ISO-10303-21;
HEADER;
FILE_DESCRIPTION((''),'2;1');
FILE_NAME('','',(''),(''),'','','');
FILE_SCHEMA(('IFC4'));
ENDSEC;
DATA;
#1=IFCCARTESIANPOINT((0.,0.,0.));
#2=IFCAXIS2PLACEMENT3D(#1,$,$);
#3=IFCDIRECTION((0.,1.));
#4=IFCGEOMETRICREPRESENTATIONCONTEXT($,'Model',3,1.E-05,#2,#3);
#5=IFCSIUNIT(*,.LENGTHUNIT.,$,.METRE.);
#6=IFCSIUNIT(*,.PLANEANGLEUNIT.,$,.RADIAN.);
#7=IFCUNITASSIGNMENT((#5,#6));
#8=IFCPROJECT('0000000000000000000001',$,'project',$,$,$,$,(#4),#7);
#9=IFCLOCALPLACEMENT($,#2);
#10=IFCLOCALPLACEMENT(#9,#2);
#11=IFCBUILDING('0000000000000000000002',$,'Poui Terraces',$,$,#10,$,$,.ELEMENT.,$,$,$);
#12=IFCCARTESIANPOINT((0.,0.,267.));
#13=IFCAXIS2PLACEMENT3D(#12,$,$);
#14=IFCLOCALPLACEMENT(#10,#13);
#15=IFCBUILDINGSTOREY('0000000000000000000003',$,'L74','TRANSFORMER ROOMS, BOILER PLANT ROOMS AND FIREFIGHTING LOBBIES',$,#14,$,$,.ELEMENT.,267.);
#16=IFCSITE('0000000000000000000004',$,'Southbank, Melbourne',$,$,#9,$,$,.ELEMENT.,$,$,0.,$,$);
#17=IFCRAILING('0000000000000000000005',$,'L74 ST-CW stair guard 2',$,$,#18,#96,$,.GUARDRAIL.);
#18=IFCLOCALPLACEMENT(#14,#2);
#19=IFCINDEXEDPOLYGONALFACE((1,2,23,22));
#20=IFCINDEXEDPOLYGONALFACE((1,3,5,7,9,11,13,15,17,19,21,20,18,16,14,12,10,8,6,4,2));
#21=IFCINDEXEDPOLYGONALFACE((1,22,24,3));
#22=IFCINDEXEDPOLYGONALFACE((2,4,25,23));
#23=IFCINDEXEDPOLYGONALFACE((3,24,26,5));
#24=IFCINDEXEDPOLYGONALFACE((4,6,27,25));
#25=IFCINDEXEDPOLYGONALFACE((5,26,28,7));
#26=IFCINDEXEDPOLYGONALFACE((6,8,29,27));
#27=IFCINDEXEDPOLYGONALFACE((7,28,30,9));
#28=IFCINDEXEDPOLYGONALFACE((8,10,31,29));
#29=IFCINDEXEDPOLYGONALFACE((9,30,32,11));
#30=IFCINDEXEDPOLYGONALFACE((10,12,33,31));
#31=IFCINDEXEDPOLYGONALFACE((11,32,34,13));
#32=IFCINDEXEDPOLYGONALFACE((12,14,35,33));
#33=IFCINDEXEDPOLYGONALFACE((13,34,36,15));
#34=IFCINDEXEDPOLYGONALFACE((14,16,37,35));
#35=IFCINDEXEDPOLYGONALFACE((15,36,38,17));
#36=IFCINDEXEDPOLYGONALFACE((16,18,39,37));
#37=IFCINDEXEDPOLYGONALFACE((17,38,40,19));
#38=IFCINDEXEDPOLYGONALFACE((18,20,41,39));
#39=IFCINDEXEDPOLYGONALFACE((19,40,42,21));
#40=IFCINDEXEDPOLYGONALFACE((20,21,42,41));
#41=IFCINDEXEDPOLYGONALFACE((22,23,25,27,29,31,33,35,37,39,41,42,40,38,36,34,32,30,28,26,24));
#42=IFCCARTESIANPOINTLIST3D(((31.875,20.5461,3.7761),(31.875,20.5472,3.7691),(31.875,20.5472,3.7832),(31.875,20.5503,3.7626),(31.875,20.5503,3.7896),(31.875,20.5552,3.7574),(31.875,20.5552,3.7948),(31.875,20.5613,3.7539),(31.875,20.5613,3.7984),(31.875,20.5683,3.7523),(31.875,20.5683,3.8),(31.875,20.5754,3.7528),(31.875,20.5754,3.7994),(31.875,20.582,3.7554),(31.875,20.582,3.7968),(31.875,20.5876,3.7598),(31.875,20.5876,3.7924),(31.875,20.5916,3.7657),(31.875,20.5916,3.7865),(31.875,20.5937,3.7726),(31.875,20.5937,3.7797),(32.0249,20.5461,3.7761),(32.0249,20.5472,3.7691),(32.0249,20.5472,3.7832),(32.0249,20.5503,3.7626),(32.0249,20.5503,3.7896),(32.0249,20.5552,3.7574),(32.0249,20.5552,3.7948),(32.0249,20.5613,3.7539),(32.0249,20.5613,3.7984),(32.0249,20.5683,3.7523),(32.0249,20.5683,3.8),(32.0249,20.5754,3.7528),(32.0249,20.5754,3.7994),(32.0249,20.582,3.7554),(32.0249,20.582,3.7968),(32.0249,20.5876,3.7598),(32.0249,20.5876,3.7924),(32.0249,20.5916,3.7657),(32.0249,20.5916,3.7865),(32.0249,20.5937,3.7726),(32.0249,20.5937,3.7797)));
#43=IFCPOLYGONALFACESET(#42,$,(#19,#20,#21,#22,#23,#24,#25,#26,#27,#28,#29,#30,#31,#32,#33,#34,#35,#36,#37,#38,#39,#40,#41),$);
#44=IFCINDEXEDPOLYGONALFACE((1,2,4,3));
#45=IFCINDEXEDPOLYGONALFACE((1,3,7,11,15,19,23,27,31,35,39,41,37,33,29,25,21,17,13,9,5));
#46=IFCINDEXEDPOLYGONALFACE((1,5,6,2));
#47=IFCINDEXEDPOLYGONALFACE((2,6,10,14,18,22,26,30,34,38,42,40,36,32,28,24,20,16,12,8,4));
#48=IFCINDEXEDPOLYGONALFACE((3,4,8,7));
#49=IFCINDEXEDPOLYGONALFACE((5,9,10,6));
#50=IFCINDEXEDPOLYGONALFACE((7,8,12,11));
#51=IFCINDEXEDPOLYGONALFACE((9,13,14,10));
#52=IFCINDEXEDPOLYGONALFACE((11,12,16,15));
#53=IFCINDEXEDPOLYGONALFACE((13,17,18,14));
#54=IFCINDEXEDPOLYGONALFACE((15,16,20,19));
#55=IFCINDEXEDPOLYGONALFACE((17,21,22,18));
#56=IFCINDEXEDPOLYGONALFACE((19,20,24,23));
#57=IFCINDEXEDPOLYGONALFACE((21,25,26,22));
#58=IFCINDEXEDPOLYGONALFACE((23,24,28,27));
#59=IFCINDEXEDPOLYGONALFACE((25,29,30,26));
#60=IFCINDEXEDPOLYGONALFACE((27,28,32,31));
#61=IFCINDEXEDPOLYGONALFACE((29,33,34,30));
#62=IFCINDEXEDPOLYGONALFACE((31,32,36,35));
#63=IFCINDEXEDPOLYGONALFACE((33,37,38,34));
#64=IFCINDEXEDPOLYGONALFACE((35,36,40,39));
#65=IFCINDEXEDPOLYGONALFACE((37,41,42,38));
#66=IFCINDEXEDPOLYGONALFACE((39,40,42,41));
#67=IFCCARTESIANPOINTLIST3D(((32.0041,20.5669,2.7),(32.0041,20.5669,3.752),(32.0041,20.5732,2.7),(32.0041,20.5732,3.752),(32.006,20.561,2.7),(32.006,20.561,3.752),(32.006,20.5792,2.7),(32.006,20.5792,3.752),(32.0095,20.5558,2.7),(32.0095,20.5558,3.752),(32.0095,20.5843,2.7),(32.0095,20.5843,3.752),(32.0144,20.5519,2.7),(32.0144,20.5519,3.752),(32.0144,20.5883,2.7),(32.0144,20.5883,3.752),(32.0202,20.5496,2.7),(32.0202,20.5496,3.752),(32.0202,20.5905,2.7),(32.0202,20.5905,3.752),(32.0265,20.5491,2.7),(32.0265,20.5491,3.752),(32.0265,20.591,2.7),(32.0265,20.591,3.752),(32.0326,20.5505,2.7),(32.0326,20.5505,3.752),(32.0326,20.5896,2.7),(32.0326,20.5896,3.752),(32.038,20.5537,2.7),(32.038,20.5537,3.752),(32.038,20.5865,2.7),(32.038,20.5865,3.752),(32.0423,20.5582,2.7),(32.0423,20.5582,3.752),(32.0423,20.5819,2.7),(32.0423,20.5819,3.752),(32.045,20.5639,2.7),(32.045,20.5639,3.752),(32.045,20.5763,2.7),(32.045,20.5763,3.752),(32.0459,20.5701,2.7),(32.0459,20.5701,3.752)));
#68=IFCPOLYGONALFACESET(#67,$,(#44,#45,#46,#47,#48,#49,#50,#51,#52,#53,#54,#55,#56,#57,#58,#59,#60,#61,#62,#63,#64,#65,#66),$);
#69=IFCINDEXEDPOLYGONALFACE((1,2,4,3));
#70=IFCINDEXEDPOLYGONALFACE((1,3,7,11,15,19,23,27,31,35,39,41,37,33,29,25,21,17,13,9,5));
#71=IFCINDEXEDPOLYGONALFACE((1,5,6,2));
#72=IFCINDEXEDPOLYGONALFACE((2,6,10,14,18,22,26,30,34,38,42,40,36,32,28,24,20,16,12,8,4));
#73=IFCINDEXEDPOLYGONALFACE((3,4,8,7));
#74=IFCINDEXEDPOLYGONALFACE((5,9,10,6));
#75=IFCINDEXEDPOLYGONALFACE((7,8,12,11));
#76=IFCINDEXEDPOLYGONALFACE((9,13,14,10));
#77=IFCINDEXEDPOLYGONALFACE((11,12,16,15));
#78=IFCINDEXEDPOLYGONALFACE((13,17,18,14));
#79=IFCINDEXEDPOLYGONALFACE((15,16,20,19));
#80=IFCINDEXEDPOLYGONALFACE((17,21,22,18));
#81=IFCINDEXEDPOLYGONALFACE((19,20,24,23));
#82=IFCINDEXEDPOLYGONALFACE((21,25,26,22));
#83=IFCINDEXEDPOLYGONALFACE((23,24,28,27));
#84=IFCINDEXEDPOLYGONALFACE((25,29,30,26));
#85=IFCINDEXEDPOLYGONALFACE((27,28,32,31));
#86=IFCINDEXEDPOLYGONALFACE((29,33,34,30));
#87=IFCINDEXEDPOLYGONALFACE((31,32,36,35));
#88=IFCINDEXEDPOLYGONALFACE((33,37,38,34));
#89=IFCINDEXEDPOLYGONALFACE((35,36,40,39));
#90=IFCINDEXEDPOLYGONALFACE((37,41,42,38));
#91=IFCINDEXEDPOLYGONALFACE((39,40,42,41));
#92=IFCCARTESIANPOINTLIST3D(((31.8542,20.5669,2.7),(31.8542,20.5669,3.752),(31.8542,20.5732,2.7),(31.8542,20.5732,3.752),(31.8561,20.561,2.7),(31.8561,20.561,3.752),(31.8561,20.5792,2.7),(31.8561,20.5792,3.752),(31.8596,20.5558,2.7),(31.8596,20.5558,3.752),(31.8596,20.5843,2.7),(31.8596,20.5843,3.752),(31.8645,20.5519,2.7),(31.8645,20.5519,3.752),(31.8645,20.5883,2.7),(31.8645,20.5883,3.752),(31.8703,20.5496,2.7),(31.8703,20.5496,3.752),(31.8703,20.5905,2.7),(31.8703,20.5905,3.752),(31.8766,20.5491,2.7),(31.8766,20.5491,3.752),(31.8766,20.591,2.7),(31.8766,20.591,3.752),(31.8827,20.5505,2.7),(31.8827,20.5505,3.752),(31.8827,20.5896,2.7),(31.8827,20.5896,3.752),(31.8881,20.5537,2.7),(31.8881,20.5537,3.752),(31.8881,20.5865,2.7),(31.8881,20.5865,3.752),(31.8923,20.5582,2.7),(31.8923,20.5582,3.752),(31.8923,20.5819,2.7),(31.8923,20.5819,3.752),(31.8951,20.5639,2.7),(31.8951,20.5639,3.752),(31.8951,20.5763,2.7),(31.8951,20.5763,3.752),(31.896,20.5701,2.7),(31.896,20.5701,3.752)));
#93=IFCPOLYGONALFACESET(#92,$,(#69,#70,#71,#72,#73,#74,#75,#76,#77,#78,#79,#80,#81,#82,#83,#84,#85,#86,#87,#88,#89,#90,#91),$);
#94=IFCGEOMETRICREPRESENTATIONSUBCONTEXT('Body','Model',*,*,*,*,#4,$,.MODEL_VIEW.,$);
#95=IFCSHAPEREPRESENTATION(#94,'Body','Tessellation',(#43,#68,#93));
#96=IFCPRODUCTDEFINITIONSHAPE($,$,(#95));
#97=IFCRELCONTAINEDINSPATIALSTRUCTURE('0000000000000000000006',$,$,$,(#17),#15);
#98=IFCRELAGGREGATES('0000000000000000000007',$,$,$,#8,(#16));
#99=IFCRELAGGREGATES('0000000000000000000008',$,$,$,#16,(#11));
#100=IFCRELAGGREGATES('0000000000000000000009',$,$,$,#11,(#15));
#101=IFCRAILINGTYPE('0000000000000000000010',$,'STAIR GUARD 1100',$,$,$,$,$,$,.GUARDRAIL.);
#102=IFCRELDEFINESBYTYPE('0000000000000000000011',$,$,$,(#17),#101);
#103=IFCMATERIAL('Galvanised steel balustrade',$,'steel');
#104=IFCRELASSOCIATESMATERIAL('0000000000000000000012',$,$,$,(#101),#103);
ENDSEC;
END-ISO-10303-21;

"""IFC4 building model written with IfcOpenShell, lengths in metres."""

from ifc_helpers import new_model, si_unit, direction, frame, origin, origin_2d, place, context, subcontext, project, spatial, circle, extrude, material, type_object, element, save


model = new_model("IFC4")

# Units and contexts
model_context = context("Model", 3, precision=1e-05, world=origin(), true_north=direction((0.0, 1.0)))
body_context = subcontext(model_context, "Body", "Model", "MODEL_VIEW")
ifc_project = project(units=[si_unit("LENGTHUNIT", "METRE"), si_unit("PLANEANGLEUNIT", "RADIAN")], contexts=[model_context])

# Site, building, storey
site_placement = place(None, origin())
site = spatial("IfcSite", under=ifc_project, at=site_placement, Name="Southbank, Melbourne", CompositionType="ELEMENT", RefElevation=0.0)
building_placement = place(site_placement, origin())
building = spatial("IfcBuilding", under=site, at=building_placement, Name="Poui Terraces", CompositionType="ELEMENT")
storey_placement = place(building_placement, frame((0.0, 0.0, 267.0)))
storey = spatial("IfcBuildingStorey", under=building, at=storey_placement, Name="L74", Description="TRANSFORMER ROOMS, BOILER PLANT ROOMS AND FIREFIGHTING LOBBIES", CompositionType="ELEMENT", Elevation=267.0)

# Railing
ifc_material_1 = material(Name="Galvanised steel balustrade", Category="steel")
railing_type_1 = type_object("IfcRailingType", Name="STAIR GUARD 1100", PredefinedType="GUARDRAIL", material=ifc_material_1)
railing_1_placement = place(storey_placement, frame((32.0249, 20.5701, 2.7)))
element("IfcRailing", 1, at=railing_1_placement, inside=storey, type_object=railing_type_1, Name="L74 ST-CW stair guard 2", PredefinedType="GUARDRAIL", context=body_context, shape_type="SweptSolid", body=[
    extrude(circle(Radius=0.0239, at=origin_2d()), frame((0.0, 0.0, 1.0762), z_axis=(-1.0, 0.0, 0.0), x_axis=(0.0, -1.0, 0.0)), (0.0, 0.0, 1.0), 0.1499),
    extrude(circle(Radius=0.021, at=origin_2d()), origin(), (0.0, 0.0, 1.0), 1.052),
    extrude(circle(Radius=0.021, at=origin_2d()), frame((-0.1499, 0.0, 0.0)), (0.0, 0.0, 1.0), 1.052),
])

save(model, "model.ifc")
